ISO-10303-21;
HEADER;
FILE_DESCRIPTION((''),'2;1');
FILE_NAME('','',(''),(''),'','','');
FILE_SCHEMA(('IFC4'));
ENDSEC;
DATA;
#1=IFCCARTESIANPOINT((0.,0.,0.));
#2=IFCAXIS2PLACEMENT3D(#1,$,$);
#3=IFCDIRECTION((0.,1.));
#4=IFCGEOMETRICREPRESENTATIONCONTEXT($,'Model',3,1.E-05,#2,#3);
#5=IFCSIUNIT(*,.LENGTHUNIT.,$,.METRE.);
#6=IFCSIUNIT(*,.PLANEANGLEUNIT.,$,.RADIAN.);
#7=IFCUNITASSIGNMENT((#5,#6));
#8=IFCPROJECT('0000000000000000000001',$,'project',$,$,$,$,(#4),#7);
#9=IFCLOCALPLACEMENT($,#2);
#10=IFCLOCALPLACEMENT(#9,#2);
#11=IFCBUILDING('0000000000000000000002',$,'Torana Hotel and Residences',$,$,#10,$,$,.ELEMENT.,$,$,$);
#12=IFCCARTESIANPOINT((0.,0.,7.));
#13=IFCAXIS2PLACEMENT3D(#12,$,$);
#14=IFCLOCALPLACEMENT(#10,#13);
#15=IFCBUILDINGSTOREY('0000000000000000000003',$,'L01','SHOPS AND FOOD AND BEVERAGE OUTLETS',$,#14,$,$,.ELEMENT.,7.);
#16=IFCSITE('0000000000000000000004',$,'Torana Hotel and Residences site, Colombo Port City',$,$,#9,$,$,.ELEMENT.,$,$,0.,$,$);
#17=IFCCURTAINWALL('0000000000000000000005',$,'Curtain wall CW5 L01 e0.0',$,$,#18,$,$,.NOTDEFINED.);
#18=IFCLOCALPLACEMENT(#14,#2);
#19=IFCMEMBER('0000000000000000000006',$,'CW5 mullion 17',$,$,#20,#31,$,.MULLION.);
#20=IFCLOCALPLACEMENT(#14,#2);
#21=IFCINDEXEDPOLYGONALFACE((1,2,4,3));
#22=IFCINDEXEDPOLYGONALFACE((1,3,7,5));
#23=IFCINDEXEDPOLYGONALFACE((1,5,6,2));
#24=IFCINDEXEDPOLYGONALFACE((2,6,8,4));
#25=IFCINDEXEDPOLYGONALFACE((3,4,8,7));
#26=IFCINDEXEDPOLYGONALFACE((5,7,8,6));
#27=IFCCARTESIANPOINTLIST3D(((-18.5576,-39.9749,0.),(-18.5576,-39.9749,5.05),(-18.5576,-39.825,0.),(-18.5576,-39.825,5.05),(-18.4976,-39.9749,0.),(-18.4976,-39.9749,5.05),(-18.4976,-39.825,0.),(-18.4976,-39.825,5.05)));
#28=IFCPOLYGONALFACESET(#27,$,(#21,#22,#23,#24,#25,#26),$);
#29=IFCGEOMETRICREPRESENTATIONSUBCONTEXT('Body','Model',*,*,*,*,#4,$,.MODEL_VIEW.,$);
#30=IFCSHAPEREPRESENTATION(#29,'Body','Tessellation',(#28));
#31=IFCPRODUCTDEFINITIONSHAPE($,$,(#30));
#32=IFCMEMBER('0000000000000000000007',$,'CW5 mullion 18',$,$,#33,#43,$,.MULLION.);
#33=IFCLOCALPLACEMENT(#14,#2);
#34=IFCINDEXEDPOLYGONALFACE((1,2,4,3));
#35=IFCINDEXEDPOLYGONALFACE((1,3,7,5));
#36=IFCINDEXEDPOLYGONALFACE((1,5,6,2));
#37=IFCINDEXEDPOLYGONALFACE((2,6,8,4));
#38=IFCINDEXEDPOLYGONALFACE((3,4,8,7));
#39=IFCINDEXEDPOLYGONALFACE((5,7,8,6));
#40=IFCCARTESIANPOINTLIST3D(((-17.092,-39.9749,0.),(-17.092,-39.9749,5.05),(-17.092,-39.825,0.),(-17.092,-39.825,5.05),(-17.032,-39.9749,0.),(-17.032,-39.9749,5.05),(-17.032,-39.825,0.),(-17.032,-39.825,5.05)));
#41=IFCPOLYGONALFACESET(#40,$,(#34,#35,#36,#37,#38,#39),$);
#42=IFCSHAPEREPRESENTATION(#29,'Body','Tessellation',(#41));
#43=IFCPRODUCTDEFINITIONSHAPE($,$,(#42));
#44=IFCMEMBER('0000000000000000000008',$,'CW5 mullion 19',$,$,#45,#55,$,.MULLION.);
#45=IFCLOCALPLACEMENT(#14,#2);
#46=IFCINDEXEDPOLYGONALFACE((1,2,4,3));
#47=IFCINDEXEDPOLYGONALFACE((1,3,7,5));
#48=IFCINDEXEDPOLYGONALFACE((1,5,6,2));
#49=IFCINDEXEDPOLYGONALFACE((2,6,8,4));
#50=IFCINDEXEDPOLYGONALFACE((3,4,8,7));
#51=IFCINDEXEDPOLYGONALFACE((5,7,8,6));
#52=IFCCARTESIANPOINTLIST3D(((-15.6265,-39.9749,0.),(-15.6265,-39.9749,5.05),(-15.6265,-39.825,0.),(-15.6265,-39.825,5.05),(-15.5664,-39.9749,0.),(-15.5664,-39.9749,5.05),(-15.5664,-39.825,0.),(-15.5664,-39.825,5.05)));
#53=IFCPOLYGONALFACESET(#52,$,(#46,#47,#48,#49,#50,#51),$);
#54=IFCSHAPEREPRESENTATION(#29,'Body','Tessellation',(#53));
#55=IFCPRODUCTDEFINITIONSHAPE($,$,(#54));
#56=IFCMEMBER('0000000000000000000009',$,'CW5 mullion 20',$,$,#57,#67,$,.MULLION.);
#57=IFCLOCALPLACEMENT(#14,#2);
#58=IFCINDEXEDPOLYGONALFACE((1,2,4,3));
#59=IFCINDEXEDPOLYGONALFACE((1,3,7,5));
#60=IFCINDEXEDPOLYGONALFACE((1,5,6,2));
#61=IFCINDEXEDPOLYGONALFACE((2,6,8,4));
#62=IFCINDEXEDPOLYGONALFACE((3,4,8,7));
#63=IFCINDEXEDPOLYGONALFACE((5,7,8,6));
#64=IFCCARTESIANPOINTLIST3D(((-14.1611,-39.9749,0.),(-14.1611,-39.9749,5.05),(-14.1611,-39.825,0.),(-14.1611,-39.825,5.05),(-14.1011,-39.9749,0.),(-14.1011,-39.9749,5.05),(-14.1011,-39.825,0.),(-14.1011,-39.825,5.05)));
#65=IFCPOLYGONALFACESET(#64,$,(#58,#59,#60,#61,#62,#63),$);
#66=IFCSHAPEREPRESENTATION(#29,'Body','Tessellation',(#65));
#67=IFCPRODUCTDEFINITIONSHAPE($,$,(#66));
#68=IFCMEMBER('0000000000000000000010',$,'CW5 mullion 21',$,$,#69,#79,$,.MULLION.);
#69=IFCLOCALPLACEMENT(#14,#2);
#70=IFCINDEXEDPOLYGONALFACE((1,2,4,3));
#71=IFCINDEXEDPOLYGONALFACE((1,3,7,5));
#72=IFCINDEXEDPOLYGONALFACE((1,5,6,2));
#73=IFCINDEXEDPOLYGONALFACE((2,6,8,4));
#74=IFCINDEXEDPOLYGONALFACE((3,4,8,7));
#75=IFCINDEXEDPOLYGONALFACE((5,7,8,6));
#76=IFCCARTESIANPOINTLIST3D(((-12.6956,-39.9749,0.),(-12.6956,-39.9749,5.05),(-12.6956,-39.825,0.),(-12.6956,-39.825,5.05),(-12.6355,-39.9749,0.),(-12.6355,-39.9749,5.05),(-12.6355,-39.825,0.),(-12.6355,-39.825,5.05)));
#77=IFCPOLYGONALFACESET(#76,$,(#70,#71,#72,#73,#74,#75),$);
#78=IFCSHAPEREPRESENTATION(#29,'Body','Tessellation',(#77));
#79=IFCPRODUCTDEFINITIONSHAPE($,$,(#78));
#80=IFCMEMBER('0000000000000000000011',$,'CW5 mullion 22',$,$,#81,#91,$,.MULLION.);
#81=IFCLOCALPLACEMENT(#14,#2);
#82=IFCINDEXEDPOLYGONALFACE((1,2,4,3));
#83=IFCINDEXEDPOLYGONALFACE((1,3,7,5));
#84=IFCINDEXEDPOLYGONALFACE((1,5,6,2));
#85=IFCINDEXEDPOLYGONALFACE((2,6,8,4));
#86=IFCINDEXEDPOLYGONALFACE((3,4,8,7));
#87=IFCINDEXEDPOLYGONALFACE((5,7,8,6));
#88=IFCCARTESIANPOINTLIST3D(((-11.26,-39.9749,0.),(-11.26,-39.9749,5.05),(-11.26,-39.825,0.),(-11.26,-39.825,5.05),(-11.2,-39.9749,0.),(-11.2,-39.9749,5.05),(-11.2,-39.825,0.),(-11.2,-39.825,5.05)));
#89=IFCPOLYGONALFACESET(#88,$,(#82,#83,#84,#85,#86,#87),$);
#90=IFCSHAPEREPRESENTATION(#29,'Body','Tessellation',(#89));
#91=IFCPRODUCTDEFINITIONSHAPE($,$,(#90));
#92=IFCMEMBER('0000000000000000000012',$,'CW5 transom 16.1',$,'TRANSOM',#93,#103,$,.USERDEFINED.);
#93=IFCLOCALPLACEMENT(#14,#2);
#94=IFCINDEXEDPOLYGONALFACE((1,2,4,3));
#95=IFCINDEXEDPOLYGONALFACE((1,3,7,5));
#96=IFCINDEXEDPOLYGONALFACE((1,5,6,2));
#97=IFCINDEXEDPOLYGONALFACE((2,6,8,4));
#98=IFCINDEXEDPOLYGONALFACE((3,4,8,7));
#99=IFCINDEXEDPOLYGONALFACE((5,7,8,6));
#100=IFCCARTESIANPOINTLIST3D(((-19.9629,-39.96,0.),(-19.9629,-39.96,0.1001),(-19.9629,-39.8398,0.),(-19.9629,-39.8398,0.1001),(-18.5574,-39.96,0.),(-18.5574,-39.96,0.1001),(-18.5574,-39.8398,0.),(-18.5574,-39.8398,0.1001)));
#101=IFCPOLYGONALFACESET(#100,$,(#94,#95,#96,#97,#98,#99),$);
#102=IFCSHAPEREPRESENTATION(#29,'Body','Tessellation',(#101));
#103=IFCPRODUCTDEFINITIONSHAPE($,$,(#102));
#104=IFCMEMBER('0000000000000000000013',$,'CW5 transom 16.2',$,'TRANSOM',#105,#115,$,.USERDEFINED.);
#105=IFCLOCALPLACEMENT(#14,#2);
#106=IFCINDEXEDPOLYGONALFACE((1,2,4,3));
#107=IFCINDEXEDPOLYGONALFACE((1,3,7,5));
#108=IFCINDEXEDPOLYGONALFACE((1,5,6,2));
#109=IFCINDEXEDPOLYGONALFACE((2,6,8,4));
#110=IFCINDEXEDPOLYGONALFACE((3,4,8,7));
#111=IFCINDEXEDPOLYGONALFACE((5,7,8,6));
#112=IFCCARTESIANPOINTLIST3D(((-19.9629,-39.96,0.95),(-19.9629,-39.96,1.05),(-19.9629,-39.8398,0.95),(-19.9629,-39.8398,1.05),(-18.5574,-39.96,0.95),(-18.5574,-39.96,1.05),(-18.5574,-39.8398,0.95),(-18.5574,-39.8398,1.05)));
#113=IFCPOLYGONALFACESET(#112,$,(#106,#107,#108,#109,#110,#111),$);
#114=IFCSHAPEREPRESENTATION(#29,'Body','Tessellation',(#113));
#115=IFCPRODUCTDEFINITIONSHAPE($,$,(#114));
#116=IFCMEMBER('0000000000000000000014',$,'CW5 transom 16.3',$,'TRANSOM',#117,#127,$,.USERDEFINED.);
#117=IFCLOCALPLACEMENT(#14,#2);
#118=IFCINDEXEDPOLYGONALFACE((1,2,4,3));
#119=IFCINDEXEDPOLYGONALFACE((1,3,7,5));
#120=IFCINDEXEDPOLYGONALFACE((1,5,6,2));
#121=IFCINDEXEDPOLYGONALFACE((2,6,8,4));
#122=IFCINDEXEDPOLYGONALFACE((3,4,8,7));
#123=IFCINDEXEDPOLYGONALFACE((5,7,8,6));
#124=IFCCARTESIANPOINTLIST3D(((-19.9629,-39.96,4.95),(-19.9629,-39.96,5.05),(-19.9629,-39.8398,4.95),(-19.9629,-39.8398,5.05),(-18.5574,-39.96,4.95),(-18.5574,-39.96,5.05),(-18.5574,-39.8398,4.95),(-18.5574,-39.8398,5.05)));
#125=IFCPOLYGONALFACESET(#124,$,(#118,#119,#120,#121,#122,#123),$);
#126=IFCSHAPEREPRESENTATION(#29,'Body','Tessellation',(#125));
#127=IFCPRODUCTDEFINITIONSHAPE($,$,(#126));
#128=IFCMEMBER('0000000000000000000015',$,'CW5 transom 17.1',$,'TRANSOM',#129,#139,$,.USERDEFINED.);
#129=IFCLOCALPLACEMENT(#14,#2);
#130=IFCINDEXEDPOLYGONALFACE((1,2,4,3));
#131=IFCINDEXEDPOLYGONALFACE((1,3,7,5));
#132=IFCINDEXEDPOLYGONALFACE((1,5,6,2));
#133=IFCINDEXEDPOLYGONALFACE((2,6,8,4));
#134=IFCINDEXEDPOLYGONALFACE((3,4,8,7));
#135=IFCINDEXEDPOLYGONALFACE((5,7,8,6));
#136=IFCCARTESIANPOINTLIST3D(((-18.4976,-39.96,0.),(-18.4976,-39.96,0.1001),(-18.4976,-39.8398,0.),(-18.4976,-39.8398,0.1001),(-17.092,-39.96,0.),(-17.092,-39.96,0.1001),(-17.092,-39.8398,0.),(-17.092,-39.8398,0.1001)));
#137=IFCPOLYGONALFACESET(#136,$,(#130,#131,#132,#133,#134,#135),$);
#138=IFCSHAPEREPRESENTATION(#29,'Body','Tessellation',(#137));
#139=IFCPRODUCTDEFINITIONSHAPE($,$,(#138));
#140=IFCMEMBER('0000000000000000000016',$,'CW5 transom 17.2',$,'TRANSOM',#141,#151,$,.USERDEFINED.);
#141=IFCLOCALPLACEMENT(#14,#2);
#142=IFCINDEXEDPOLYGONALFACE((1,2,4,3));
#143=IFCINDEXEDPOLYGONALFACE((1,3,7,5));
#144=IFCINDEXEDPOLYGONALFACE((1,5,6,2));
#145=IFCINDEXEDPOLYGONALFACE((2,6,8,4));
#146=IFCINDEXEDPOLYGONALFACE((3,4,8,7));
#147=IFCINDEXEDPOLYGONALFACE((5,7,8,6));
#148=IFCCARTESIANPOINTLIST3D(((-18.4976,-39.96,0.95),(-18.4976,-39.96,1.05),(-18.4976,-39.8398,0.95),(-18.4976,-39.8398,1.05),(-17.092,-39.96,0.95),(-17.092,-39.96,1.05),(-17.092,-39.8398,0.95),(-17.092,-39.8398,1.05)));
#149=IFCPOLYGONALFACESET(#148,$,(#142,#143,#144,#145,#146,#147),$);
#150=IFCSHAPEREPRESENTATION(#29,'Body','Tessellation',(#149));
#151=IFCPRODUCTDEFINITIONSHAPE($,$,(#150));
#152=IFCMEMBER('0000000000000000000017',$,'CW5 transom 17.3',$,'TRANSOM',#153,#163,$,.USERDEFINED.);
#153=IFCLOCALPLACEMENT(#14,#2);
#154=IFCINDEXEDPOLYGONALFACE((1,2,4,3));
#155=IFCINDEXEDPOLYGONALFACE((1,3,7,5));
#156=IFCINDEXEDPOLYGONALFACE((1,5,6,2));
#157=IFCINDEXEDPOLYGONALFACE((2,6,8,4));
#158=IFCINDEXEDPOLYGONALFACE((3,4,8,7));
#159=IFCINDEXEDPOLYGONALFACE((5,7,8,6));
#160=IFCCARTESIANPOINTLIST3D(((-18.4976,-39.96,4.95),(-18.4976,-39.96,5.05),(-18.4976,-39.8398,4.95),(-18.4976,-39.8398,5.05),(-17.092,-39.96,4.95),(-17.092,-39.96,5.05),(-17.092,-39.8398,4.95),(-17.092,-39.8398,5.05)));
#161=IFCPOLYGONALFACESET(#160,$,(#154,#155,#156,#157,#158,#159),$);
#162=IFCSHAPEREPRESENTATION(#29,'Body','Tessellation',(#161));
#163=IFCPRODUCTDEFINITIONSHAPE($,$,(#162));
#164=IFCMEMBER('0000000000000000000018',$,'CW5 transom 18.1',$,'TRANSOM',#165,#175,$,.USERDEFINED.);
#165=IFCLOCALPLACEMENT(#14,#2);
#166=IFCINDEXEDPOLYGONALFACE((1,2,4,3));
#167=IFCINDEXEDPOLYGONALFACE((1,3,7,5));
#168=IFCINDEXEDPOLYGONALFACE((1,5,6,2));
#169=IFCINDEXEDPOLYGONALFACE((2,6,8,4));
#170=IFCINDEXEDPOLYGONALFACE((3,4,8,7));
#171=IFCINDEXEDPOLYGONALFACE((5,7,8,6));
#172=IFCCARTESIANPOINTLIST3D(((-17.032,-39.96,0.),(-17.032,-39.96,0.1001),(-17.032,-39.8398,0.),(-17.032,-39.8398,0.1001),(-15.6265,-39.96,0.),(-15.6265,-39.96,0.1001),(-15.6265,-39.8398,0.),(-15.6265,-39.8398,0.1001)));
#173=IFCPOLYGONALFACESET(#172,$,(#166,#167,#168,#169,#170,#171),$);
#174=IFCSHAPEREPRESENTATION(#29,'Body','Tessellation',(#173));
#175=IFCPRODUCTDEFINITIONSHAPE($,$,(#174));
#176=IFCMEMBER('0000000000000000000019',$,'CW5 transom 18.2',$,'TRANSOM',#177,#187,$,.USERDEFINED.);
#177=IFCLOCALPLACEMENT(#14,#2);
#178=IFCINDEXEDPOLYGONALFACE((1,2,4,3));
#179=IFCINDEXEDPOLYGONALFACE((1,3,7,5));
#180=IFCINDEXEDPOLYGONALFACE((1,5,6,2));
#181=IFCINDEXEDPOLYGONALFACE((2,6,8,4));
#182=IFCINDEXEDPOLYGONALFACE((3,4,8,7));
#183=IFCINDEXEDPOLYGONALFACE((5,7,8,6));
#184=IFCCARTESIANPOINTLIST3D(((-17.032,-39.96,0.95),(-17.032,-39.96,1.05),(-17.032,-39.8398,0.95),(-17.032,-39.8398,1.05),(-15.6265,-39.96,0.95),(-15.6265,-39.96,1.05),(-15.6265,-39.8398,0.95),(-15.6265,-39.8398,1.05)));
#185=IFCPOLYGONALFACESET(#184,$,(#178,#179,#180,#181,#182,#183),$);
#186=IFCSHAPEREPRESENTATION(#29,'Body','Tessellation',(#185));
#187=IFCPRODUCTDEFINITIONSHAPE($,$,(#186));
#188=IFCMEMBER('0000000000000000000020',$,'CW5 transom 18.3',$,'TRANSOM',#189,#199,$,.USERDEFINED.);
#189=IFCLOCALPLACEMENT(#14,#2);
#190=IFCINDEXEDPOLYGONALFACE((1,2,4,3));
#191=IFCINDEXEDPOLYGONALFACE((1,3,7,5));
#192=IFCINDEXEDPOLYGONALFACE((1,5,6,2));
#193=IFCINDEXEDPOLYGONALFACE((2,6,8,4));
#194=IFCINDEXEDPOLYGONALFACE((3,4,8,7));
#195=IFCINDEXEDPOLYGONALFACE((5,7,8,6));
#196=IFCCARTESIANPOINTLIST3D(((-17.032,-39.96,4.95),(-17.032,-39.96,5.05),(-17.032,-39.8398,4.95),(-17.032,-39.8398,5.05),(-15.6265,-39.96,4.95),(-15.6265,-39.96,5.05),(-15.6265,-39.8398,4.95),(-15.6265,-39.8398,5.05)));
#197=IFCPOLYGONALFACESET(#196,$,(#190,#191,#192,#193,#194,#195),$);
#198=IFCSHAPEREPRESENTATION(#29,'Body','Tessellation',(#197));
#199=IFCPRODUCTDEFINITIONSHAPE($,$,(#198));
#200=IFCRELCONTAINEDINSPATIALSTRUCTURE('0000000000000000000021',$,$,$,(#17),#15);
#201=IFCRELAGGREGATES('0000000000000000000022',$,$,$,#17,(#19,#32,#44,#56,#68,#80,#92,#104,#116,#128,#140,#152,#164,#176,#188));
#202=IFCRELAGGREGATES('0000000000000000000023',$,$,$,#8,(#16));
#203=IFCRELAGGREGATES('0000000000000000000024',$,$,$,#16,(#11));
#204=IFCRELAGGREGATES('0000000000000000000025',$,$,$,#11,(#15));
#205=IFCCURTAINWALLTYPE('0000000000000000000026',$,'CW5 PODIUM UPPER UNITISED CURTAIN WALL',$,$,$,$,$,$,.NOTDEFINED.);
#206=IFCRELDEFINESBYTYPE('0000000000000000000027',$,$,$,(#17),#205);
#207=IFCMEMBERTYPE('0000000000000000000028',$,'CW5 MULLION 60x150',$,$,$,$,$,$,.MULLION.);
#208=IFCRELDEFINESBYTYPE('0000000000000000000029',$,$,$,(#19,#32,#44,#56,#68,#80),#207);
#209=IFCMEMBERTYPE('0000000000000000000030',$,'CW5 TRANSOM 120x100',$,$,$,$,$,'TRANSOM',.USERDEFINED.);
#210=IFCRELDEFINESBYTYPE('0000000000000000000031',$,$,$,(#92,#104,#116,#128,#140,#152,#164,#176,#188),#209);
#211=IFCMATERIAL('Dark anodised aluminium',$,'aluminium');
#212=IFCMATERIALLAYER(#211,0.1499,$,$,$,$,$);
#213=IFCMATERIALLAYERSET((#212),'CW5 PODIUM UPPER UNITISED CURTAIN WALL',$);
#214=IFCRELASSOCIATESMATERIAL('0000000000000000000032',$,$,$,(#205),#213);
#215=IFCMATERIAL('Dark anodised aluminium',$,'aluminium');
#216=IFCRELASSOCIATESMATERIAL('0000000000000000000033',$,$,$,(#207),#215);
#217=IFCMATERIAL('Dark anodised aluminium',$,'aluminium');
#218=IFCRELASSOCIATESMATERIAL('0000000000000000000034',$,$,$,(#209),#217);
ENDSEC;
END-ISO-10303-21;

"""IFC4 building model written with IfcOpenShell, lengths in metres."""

from ifc_helpers import new_model, si_unit, direction, frame, origin, origin_2d, place, context, subcontext, project, spatial, rectangle, extrude, material, layer, layer_set, material_profile, profile_set, type_object, element, aggregate, save


model = new_model("IFC4")

# Units and contexts
model_context = context("Model", 3, precision=1e-05, world=origin(), true_north=direction((0.0, 1.0)))
body_context = subcontext(model_context, "Body", "Model", "MODEL_VIEW")
ifc_project = project(units=[si_unit("LENGTHUNIT", "METRE"), si_unit("PLANEANGLEUNIT", "RADIAN")], contexts=[model_context])

# Site, building, storey
site_placement = place(None, origin())
site = spatial("IfcSite", under=ifc_project, at=site_placement, Name="Torana Hotel and Residences site, Colombo Port City", CompositionType="ELEMENT", RefElevation=0.0)
building_placement = place(site_placement, origin())
building = spatial("IfcBuilding", under=site, at=building_placement, Name="Torana Hotel and Residences", CompositionType="ELEMENT")
storey_placement = place(building_placement, frame((0.0, 0.0, 7.0)))
storey = spatial("IfcBuildingStorey", under=building, at=storey_placement, Name="L01", Description="SHOPS AND FOOD AND BEVERAGE OUTLETS", CompositionType="ELEMENT", Elevation=7.0)

# Curtain wall, members
ifc_material_1 = material(Name="Dark anodised aluminium", Category="aluminium")
ifc_layer_1 = layer(ifc_material_1, 0.1499)
ifc_layer_set_1 = layer_set([ifc_layer_1], Name="CW5 PODIUM UPPER UNITISED CURTAIN WALL")
curtain_wall_type = type_object("IfcCurtainWallType", Name="CW5 PODIUM UPPER UNITISED CURTAIN WALL", PredefinedType="NOTDEFINED", material=ifc_layer_set_1)
curtain_wall_placement = place(storey_placement, origin())
curtain_wall = element("IfcCurtainWall", 1, at=curtain_wall_placement, inside=storey, type_object=curtain_wall_type, Name="Curtain wall CW5 L01 e0.0", PredefinedType="NOTDEFINED")
ifc_material_2 = material(Name="Dark anodised aluminium", Category="aluminium")
ifc_material_profile_1 = material_profile(ifc_material_2, rectangle(XDim=0.1499, YDim=0.0601, at=origin_2d()), Name="CW5 MULLION 60x150")
ifc_profile_set_1 = profile_set([ifc_material_profile_1], Name="Dark anodised aluminium")
member_type_1 = type_object("IfcMemberType", Name="CW5 MULLION 60x150", PredefinedType="MULLION", material=ifc_profile_set_1)
member_1_placement = place(storey_placement, frame((-18.5276, -39.8999, 0.0), z_axis=(0.0, 0.0, 1.0), x_axis=(0.0, 1.0, 0.0)))
member_1 = element("IfcMember", 2, at=member_1_placement, type_object=member_type_1, Name="CW5 mullion 17", PredefinedType="MULLION", context=body_context, shape_type="SweptSolid", body=[
    extrude(rectangle(XDim=0.1499, YDim=0.0601, at=origin_2d()), origin(), (0.0, 0.0, 1.0), 5.05),
])
member_2_placement = place(storey_placement, frame((-17.062, -39.8999, 0.0), z_axis=(0.0, 0.0, 1.0), x_axis=(0.0, 1.0, 0.0)))
member_2 = element("IfcMember", 3, at=member_2_placement, type_object=member_type_1, Name="CW5 mullion 18", PredefinedType="MULLION", context=body_context, shape_type="SweptSolid", body=[
    extrude(rectangle(XDim=0.1499, YDim=0.0601, at=origin_2d()), origin(), (0.0, 0.0, 1.0), 5.05),
])
member_3_placement = place(storey_placement, frame((-15.5964, -39.8999, 0.0), z_axis=(0.0, 0.0, 1.0), x_axis=(0.0, 1.0, 0.0)))
member_3 = element("IfcMember", 4, at=member_3_placement, type_object=member_type_1, Name="CW5 mullion 19", PredefinedType="MULLION", context=body_context, shape_type="SweptSolid", body=[
    extrude(rectangle(XDim=0.1499, YDim=0.0601, at=origin_2d()), origin(), (0.0, 0.0, 1.0), 5.05),
])
member_4_placement = place(storey_placement, frame((-14.1311, -39.8999, 0.0), z_axis=(0.0, 0.0, 1.0), x_axis=(0.0, 1.0, 0.0)))
member_4 = element("IfcMember", 5, at=member_4_placement, type_object=member_type_1, Name="CW5 mullion 20", PredefinedType="MULLION", context=body_context, shape_type="SweptSolid", body=[
    extrude(rectangle(XDim=0.1499, YDim=0.0601, at=origin_2d()), origin(), (0.0, 0.0, 1.0), 5.05),
])
member_5_placement = place(storey_placement, frame((-12.6655, -39.8999, 0.0), z_axis=(0.0, 0.0, 1.0), x_axis=(0.0, 1.0, 0.0)))
member_5 = element("IfcMember", 6, at=member_5_placement, type_object=member_type_1, Name="CW5 mullion 21", PredefinedType="MULLION", context=body_context, shape_type="SweptSolid", body=[
    extrude(rectangle(XDim=0.1499, YDim=0.0601, at=origin_2d()), origin(), (0.0, 0.0, 1.0), 5.05),
])
member_6_placement = place(storey_placement, frame((-11.23, -39.8999, 0.0), z_axis=(0.0, 0.0, 1.0), x_axis=(0.0, 1.0, 0.0)))
member_6 = element("IfcMember", 7, at=member_6_placement, type_object=member_type_1, Name="CW5 mullion 22", PredefinedType="MULLION", context=body_context, shape_type="SweptSolid", body=[
    extrude(rectangle(XDim=0.1499, YDim=0.0601, at=origin_2d()), origin(), (0.0, 0.0, 1.0), 5.05),
])
ifc_material_3 = material(Name="Dark anodised aluminium", Category="aluminium")
ifc_material_profile_2 = material_profile(ifc_material_3, rectangle(XDim=0.1201, YDim=0.1001, at=origin_2d()), Name="CW5 TRANSOM 120x100")
ifc_profile_set_2 = profile_set([ifc_material_profile_2], Name="Dark anodised aluminium")
member_type_2 = type_object("IfcMemberType", Name="CW5 TRANSOM 120x100", ElementType="TRANSOM", PredefinedType="USERDEFINED", material=ifc_profile_set_2)
member_7_placement = place(storey_placement, frame((-19.9629, -39.8999, 0.05), z_axis=(1.0, 0.0, 0.0), x_axis=(0.0, 1.0, 0.0)))
member_7 = element("IfcMember", 8, at=member_7_placement, type_object=member_type_2, Name="CW5 transom 16.1", ObjectType="TRANSOM", PredefinedType="USERDEFINED", context=body_context, shape_type="SweptSolid", body=[
    extrude(rectangle(XDim=0.1201, YDim=0.1001, at=origin_2d()), origin(), (0.0, 0.0, 1.0), 1.4055),
])
member_8_placement = place(storey_placement, frame((-19.9629, -39.8999, 1.0), z_axis=(1.0, 0.0, 0.0), x_axis=(0.0, 1.0, 0.0)))
member_8 = element("IfcMember", 9, at=member_8_placement, type_object=member_type_2, Name="CW5 transom 16.2", ObjectType="TRANSOM", PredefinedType="USERDEFINED", context=body_context, shape_type="SweptSolid", body=[
    extrude(rectangle(XDim=0.1201, YDim=0.1001, at=origin_2d()), origin(), (0.0, 0.0, 1.0), 1.4055),
])
member_9_placement = place(storey_placement, frame((-19.9629, -39.8999, 5.0), z_axis=(1.0, 0.0, 0.0), x_axis=(0.0, 1.0, 0.0)))
member_9 = element("IfcMember", 10, at=member_9_placement, type_object=member_type_2, Name="CW5 transom 16.3", ObjectType="TRANSOM", PredefinedType="USERDEFINED", context=body_context, shape_type="SweptSolid", body=[
    extrude(rectangle(XDim=0.1201, YDim=0.1001, at=origin_2d()), origin(), (0.0, 0.0, 1.0), 1.4055),
])
member_10_placement = place(storey_placement, frame((-18.4976, -39.8999, 0.05), z_axis=(1.0, 0.0, 0.0), x_axis=(0.0, 1.0, 0.0)))
member_10 = element("IfcMember", 11, at=member_10_placement, type_object=member_type_2, Name="CW5 transom 17.1", ObjectType="TRANSOM", PredefinedType="USERDEFINED", context=body_context, shape_type="SweptSolid", body=[
    extrude(rectangle(XDim=0.1201, YDim=0.1001, at=origin_2d()), origin(), (0.0, 0.0, 1.0), 1.4055),
])
member_11_placement = place(storey_placement, frame((-18.4976, -39.8999, 1.0), z_axis=(1.0, 0.0, 0.0), x_axis=(0.0, 1.0, 0.0)))
member_11 = element("IfcMember", 12, at=member_11_placement, type_object=member_type_2, Name="CW5 transom 17.2", ObjectType="TRANSOM", PredefinedType="USERDEFINED", context=body_context, shape_type="SweptSolid", body=[
    extrude(rectangle(XDim=0.1201, YDim=0.1001, at=origin_2d()), origin(), (0.0, 0.0, 1.0), 1.4055),
])
member_12_placement = place(storey_placement, frame((-18.4976, -39.8999, 5.0), z_axis=(1.0, 0.0, 0.0), x_axis=(0.0, 1.0, 0.0)))
member_12 = element("IfcMember", 13, at=member_12_placement, type_object=member_type_2, Name="CW5 transom 17.3", ObjectType="TRANSOM", PredefinedType="USERDEFINED", context=body_context, shape_type="SweptSolid", body=[
    extrude(rectangle(XDim=0.1201, YDim=0.1001, at=origin_2d()), origin(), (0.0, 0.0, 1.0), 1.4055),
])
member_13_placement = place(storey_placement, frame((-17.032, -39.8999, 0.05), z_axis=(1.0, 0.0, 0.0), x_axis=(0.0, 1.0, 0.0)))
member_13 = element("IfcMember", 14, at=member_13_placement, type_object=member_type_2, Name="CW5 transom 18.1", ObjectType="TRANSOM", PredefinedType="USERDEFINED", context=body_context, shape_type="SweptSolid", body=[
    extrude(rectangle(XDim=0.1201, YDim=0.1001, at=origin_2d()), origin(), (0.0, 0.0, 1.0), 1.4055),
])
member_14_placement = place(storey_placement, frame((-17.032, -39.8999, 1.0), z_axis=(1.0, 0.0, 0.0), x_axis=(0.0, 1.0, 0.0)))
member_14 = element("IfcMember", 15, at=member_14_placement, type_object=member_type_2, Name="CW5 transom 18.2", ObjectType="TRANSOM", PredefinedType="USERDEFINED", context=body_context, shape_type="SweptSolid", body=[
    extrude(rectangle(XDim=0.1201, YDim=0.1001, at=origin_2d()), origin(), (0.0, 0.0, 1.0), 1.4055),
])
member_15_placement = place(storey_placement, frame((-17.032, -39.8999, 5.0), z_axis=(1.0, 0.0, 0.0), x_axis=(0.0, 1.0, 0.0)))
member_15 = element("IfcMember", 16, at=member_15_placement, type_object=member_type_2, Name="CW5 transom 18.3", ObjectType="TRANSOM", PredefinedType="USERDEFINED", context=body_context, shape_type="SweptSolid", body=[
    extrude(rectangle(XDim=0.1201, YDim=0.1001, at=origin_2d()), origin(), (0.0, 0.0, 1.0), 1.4055),
])
aggregate(curtain_wall, [member_1, member_2, member_3, member_4, member_5, member_6, member_7, member_8, member_9, member_10, member_11, member_12, member_13, member_14, member_15])

save(model, "model.ifc")
